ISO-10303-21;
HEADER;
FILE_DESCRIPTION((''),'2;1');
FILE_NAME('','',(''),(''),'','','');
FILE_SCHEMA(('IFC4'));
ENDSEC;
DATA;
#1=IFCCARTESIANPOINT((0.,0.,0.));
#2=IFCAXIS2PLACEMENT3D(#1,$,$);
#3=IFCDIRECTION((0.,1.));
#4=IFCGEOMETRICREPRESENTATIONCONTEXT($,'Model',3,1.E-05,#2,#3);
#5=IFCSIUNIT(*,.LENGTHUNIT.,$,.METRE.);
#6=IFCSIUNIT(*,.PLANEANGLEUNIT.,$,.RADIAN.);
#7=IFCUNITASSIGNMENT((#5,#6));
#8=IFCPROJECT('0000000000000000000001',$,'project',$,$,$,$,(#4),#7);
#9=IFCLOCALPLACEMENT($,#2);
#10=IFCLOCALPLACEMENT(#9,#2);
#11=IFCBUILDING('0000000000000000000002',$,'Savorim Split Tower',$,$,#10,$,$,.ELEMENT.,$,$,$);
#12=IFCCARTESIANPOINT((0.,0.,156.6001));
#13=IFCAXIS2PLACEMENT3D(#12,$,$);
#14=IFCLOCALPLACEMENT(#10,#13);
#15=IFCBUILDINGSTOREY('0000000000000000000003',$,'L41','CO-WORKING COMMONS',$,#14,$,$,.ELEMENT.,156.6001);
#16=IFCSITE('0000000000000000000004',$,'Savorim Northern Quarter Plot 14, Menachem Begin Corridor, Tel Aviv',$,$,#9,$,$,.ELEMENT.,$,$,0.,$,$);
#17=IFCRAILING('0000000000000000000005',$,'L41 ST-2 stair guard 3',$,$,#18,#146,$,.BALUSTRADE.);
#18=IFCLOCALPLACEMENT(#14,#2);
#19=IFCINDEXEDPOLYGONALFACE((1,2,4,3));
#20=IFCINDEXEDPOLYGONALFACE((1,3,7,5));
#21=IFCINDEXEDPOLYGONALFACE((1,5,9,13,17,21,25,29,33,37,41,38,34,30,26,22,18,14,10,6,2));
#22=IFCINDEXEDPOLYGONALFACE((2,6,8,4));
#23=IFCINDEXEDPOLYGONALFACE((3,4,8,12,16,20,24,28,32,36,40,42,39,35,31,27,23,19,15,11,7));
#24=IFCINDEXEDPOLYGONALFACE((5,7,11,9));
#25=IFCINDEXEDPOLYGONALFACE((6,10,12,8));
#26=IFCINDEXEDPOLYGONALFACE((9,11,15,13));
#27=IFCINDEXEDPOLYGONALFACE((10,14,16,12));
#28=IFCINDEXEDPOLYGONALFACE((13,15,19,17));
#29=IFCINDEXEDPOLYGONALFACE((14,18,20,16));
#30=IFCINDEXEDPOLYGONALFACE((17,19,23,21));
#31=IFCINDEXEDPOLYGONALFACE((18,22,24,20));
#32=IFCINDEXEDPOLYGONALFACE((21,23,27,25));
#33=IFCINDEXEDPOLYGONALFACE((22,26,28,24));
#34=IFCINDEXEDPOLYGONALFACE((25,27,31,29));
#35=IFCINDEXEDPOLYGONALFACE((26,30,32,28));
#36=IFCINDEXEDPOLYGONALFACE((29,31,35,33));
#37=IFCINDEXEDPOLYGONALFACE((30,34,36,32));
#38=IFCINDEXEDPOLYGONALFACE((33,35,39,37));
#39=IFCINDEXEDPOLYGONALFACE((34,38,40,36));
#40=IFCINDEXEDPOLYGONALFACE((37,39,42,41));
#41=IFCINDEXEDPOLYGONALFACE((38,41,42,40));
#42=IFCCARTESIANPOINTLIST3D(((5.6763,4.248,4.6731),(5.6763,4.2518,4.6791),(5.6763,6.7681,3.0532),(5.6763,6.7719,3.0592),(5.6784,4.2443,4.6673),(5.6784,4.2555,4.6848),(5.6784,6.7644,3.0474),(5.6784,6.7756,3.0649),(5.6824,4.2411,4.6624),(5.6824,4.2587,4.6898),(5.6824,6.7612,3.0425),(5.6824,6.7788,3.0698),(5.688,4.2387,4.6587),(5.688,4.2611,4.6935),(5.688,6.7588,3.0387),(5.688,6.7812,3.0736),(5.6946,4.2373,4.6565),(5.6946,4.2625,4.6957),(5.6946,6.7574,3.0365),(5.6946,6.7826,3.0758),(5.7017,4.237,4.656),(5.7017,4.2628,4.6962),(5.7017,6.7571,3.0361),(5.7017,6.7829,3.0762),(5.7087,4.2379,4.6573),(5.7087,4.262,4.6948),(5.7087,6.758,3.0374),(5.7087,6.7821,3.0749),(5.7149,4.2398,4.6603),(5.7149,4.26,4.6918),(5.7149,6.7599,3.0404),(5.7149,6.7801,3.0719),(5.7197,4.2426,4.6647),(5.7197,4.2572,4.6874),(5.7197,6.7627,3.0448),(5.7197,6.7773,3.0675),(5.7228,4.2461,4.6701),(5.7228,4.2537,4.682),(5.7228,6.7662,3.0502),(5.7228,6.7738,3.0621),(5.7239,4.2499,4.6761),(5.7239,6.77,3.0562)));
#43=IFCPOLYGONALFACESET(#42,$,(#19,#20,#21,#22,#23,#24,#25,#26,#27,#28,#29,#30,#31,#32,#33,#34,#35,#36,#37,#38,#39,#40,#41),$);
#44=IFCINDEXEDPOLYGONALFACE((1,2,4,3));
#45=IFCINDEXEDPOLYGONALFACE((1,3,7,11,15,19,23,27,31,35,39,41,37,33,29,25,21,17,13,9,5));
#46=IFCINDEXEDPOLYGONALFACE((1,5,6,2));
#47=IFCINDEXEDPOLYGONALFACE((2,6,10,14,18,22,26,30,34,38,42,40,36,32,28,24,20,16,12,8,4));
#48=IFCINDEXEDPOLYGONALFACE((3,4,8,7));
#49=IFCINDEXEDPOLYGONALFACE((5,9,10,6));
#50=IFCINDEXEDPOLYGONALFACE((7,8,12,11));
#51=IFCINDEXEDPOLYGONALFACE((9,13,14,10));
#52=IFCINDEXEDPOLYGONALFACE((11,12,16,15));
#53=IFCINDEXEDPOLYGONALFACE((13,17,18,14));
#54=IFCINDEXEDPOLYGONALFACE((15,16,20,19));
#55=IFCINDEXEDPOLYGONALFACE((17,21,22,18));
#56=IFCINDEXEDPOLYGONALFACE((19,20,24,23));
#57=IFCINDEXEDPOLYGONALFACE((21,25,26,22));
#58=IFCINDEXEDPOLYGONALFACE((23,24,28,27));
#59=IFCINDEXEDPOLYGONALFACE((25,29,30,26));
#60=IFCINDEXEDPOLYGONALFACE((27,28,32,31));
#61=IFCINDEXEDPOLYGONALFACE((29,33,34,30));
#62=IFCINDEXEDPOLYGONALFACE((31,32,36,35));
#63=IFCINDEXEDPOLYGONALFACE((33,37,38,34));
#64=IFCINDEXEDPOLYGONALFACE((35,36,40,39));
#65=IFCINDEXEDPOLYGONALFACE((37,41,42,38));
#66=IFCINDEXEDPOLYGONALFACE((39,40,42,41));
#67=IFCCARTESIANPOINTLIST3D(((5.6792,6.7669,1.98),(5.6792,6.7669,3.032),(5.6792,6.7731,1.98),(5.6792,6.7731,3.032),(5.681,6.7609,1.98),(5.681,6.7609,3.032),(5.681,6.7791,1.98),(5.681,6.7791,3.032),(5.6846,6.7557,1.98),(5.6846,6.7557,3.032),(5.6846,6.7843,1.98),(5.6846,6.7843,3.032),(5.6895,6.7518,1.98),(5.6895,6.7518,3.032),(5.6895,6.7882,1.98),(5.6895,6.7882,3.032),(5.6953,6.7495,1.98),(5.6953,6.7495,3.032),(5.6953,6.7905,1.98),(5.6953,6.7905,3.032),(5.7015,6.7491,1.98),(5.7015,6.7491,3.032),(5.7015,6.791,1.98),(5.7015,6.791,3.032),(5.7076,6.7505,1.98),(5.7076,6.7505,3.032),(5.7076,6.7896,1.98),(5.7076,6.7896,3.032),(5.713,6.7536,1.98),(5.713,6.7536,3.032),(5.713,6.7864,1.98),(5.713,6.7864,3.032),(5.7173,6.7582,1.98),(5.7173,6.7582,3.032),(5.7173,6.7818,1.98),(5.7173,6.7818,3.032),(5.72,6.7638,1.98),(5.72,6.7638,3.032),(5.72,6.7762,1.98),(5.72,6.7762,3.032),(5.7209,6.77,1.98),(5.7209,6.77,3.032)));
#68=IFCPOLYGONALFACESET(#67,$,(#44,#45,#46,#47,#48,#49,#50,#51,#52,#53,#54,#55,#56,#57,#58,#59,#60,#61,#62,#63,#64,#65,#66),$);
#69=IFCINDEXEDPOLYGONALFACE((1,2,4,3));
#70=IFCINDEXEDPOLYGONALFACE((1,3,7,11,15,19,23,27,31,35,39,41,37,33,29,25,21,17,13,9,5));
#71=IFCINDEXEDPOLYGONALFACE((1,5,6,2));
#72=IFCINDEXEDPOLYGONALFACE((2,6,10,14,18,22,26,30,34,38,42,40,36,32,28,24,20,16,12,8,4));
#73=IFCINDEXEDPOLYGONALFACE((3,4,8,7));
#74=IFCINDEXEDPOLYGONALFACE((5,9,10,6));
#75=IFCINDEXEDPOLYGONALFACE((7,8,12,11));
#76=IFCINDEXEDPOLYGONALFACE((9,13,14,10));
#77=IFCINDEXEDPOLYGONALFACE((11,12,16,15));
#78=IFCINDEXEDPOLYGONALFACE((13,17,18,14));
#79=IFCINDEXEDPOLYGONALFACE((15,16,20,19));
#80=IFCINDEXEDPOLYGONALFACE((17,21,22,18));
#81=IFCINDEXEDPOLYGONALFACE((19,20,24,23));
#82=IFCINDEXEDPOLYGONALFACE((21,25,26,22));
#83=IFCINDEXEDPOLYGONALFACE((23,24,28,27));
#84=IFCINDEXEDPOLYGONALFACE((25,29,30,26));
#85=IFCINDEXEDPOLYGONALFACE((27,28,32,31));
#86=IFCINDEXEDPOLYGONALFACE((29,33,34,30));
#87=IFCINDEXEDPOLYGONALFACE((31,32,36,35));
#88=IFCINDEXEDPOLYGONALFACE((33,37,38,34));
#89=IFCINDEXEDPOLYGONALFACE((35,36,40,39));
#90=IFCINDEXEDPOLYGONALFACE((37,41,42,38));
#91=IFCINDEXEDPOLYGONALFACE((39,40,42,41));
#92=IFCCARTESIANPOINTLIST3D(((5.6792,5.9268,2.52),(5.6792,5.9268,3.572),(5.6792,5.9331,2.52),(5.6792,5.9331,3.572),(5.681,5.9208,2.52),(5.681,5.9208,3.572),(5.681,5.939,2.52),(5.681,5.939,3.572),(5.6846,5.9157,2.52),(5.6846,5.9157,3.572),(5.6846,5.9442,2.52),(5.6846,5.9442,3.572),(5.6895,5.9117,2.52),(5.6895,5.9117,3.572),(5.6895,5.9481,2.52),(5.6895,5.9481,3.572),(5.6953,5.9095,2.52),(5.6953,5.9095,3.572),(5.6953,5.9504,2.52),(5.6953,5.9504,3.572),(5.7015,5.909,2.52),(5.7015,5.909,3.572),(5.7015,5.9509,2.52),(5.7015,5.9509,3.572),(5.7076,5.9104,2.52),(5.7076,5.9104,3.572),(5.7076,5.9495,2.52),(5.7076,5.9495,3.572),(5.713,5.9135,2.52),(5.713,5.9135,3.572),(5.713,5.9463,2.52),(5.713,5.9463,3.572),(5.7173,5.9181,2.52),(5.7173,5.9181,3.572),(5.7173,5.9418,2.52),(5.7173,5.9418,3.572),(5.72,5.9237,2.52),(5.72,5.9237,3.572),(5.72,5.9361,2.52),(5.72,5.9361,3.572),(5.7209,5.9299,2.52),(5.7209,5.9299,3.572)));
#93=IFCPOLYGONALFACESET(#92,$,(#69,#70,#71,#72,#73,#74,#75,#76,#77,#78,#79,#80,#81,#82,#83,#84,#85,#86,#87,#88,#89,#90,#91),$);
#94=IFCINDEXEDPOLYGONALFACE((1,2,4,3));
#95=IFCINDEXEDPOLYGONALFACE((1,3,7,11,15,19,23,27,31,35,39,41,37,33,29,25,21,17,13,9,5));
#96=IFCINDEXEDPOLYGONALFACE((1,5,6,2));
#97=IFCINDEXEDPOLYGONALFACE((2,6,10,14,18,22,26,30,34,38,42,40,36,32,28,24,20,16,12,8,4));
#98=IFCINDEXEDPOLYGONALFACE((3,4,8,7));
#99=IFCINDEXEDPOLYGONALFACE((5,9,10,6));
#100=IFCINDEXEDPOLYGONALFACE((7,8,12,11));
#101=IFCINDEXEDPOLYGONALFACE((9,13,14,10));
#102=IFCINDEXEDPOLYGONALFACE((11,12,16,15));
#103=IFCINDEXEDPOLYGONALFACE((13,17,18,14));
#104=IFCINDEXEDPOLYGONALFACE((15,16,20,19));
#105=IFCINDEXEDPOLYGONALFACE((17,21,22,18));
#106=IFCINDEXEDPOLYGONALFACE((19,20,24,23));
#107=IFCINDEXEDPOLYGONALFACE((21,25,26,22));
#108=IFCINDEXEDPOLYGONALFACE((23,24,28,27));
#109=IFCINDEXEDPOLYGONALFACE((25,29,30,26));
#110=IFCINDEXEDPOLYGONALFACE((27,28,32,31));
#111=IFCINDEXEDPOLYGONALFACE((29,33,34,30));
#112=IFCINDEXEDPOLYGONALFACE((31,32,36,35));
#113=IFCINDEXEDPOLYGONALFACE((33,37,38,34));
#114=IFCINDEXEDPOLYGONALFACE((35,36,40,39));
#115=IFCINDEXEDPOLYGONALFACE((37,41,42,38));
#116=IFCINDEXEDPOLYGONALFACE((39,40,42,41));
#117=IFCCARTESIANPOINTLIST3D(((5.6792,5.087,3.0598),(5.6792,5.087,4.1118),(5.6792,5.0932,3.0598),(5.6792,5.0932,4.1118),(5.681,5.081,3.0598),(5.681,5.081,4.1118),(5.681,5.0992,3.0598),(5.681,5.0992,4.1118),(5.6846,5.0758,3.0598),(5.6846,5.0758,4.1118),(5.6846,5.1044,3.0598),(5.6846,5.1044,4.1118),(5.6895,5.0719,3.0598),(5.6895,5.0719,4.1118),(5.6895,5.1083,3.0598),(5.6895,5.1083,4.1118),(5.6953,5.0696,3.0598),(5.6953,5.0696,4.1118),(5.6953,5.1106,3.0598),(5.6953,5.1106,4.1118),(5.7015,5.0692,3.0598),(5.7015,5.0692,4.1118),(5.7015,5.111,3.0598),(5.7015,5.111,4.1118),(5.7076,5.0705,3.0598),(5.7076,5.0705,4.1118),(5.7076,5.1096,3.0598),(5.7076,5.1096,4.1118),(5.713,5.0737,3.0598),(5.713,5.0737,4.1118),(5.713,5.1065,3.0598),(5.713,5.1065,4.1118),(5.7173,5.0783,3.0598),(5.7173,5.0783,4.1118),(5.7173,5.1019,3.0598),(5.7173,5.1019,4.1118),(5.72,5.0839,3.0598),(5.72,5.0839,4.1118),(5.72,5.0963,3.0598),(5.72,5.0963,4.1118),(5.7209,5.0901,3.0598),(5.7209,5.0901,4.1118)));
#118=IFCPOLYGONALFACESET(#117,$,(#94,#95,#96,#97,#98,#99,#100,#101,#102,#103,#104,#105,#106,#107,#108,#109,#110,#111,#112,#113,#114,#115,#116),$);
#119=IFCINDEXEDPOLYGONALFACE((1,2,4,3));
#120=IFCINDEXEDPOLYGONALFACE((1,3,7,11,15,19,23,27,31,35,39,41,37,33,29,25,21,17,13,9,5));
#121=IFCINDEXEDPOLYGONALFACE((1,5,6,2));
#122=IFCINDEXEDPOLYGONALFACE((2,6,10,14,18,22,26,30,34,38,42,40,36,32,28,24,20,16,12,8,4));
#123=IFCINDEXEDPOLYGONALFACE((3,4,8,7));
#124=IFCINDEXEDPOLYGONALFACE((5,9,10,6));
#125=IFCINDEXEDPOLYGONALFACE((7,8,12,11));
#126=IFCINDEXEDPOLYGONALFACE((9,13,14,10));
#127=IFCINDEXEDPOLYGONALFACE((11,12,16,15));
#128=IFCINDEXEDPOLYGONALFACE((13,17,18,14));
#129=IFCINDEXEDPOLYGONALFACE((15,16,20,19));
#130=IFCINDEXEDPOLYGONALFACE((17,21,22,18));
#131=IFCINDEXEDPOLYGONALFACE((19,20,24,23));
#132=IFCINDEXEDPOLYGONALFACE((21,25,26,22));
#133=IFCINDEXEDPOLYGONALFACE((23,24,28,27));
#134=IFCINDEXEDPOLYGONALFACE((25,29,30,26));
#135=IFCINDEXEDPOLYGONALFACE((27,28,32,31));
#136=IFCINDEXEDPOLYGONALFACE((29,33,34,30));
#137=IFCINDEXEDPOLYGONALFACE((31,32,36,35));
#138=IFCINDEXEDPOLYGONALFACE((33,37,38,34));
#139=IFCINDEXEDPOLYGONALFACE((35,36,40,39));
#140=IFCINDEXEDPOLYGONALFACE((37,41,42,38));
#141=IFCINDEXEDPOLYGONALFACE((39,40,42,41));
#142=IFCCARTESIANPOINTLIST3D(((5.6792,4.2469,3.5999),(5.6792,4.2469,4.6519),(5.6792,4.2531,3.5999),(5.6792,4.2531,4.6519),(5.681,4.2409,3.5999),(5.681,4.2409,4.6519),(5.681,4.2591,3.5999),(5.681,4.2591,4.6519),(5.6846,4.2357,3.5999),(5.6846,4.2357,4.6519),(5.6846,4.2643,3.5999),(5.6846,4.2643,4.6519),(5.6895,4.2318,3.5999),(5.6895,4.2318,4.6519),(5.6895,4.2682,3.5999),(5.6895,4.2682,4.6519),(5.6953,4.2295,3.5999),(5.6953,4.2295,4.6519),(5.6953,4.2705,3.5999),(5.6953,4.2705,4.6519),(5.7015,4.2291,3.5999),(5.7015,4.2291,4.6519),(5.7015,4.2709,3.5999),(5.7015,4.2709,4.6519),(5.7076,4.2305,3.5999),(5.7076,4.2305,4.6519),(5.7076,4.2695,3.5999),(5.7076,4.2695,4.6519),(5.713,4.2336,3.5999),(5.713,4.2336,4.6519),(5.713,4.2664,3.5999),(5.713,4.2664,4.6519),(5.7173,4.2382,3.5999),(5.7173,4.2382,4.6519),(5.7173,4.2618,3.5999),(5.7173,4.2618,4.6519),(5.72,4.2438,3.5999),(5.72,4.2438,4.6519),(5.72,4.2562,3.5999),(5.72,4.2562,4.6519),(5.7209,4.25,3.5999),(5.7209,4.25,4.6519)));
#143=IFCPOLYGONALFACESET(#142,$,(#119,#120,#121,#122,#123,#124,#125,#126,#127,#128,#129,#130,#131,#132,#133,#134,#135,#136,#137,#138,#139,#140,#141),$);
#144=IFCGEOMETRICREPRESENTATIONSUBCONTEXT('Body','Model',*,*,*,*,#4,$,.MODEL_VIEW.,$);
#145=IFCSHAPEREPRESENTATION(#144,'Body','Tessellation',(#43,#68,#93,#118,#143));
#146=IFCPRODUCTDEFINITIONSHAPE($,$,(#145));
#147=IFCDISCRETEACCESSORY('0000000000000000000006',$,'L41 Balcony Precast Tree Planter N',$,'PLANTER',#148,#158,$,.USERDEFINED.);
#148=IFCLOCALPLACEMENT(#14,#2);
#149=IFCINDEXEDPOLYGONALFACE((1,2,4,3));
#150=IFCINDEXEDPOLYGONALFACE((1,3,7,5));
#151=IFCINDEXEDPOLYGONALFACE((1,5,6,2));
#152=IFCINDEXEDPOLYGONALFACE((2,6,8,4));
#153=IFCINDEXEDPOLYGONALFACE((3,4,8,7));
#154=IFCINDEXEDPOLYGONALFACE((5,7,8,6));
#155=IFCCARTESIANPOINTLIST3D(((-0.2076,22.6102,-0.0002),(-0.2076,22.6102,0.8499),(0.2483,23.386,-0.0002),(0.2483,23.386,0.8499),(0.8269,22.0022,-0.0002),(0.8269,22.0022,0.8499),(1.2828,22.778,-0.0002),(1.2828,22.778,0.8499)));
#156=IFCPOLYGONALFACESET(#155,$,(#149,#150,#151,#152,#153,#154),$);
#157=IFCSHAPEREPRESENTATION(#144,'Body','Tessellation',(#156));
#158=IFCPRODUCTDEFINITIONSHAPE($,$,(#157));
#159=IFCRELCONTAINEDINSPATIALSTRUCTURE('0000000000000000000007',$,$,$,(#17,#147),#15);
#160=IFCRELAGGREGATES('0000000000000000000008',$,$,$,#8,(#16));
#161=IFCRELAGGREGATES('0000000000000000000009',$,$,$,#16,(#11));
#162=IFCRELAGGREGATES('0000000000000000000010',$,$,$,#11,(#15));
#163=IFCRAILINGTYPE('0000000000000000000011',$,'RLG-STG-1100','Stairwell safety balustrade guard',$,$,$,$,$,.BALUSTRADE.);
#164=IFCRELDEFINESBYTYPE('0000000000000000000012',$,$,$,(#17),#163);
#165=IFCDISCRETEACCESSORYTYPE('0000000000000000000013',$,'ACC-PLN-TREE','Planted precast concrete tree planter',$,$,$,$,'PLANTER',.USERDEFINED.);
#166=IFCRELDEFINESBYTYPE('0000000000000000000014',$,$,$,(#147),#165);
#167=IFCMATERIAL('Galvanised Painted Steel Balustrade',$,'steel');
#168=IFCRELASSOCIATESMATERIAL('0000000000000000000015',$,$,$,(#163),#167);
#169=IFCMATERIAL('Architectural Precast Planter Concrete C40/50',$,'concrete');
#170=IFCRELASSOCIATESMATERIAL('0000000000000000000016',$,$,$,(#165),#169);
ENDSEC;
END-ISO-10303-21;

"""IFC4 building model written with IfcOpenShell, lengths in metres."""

from ifc_helpers import new_model, si_unit, direction, frame, origin, origin_2d, place, context, subcontext, project, spatial, rectangle, circle, extrude, material, type_object, element, save


model = new_model("IFC4")

# Units and contexts
model_context = context("Model", 3, precision=1e-05, world=origin(), true_north=direction((0.0, 1.0)))
body_context = subcontext(model_context, "Body", "Model", "MODEL_VIEW")
ifc_project = project(units=[si_unit("LENGTHUNIT", "METRE"), si_unit("PLANEANGLEUNIT", "RADIAN")], contexts=[model_context])

# Site, building, storey
site_placement = place(None, origin())
site = spatial("IfcSite", under=ifc_project, at=site_placement, Name="Savorim Northern Quarter Plot 14, Menachem Begin Corridor, Tel Aviv", CompositionType="ELEMENT", RefElevation=0.0)
building_placement = place(site_placement, origin())
building = spatial("IfcBuilding", under=site, at=building_placement, Name="Savorim Split Tower", CompositionType="ELEMENT")
storey_placement = place(building_placement, frame((0.0, 0.0, 156.6001)))
storey = spatial("IfcBuildingStorey", under=building, at=storey_placement, Name="L41", Description="CO-WORKING COMMONS", CompositionType="ELEMENT", Elevation=156.6001)

# Railing
ifc_material_1 = material(Name="Galvanised Painted Steel Balustrade", Category="steel")
railing_type_1 = type_object("IfcRailingType", Name="RLG-STG-1100", Description="Stairwell safety balustrade guard", PredefinedType="BALUSTRADE", material=ifc_material_1)
railing_1_placement = place(storey_placement, frame((5.7, 6.77, 1.98)))
element("IfcRailing", 1, at=railing_1_placement, inside=storey, type_object=railing_type_1, Name="L41 ST-2 stair guard 3", PredefinedType="BALUSTRADE", context=body_context, shape_type="SweptSolid", body=[
    extrude(circle(Radius=0.0239, at=origin_2d()), frame((0.0, 0.0, 1.0762), z_axis=(0.0, -0.8412, 0.540725), x_axis=(1.0, 0.0, 0.0)), (0.0, 0.0, 1.0), 2.9958),
    extrude(circle(Radius=0.021, at=origin_2d()), origin(), (0.0, 0.0, 1.0), 1.052),
    extrude(circle(Radius=0.021, at=origin_2d()), frame((0.0, -0.8401, 0.54)), (0.0, 0.0, 1.0), 1.052),
    extrude(circle(Radius=0.021, at=origin_2d()), frame((0.0, -1.6799, 1.0798)), (0.0, 0.0, 1.0), 1.052),
    extrude(circle(Radius=0.021, at=origin_2d()), frame((0.0, -2.52, 1.6199)), (0.0, 0.0, 1.0), 1.052),
])

# Discrete accessory
ifc_material_2 = material(Name="Architectural Precast Planter Concrete C40/50", Category="concrete")
discrete_accessory_type = type_object("IfcDiscreteAccessoryType", Name="ACC-PLN-TREE", Description="Planted precast concrete tree planter", ElementType="PLANTER", PredefinedType="USERDEFINED", material=ifc_material_2)
discrete_accessory_placement = place(storey_placement, frame((0.5376, 22.6941, -0.0002), z_axis=(0.0, 0.0, 1.0), x_axis=(-0.862127, 0.506691, 0.0)))
element("IfcDiscreteAccessory", 2, at=discrete_accessory_placement, inside=storey, type_object=discrete_accessory_type, Name="L41 Balcony Precast Tree Planter N", ObjectType="PLANTER", PredefinedType="USERDEFINED", context=body_context, shape_type="SweptSolid", body=[
    extrude(rectangle(XDim=1.2, YDim=0.8999, at=origin_2d()), origin(), (0.0, 0.0, 1.0), 0.8501),
])

save(model, "model.ifc")
